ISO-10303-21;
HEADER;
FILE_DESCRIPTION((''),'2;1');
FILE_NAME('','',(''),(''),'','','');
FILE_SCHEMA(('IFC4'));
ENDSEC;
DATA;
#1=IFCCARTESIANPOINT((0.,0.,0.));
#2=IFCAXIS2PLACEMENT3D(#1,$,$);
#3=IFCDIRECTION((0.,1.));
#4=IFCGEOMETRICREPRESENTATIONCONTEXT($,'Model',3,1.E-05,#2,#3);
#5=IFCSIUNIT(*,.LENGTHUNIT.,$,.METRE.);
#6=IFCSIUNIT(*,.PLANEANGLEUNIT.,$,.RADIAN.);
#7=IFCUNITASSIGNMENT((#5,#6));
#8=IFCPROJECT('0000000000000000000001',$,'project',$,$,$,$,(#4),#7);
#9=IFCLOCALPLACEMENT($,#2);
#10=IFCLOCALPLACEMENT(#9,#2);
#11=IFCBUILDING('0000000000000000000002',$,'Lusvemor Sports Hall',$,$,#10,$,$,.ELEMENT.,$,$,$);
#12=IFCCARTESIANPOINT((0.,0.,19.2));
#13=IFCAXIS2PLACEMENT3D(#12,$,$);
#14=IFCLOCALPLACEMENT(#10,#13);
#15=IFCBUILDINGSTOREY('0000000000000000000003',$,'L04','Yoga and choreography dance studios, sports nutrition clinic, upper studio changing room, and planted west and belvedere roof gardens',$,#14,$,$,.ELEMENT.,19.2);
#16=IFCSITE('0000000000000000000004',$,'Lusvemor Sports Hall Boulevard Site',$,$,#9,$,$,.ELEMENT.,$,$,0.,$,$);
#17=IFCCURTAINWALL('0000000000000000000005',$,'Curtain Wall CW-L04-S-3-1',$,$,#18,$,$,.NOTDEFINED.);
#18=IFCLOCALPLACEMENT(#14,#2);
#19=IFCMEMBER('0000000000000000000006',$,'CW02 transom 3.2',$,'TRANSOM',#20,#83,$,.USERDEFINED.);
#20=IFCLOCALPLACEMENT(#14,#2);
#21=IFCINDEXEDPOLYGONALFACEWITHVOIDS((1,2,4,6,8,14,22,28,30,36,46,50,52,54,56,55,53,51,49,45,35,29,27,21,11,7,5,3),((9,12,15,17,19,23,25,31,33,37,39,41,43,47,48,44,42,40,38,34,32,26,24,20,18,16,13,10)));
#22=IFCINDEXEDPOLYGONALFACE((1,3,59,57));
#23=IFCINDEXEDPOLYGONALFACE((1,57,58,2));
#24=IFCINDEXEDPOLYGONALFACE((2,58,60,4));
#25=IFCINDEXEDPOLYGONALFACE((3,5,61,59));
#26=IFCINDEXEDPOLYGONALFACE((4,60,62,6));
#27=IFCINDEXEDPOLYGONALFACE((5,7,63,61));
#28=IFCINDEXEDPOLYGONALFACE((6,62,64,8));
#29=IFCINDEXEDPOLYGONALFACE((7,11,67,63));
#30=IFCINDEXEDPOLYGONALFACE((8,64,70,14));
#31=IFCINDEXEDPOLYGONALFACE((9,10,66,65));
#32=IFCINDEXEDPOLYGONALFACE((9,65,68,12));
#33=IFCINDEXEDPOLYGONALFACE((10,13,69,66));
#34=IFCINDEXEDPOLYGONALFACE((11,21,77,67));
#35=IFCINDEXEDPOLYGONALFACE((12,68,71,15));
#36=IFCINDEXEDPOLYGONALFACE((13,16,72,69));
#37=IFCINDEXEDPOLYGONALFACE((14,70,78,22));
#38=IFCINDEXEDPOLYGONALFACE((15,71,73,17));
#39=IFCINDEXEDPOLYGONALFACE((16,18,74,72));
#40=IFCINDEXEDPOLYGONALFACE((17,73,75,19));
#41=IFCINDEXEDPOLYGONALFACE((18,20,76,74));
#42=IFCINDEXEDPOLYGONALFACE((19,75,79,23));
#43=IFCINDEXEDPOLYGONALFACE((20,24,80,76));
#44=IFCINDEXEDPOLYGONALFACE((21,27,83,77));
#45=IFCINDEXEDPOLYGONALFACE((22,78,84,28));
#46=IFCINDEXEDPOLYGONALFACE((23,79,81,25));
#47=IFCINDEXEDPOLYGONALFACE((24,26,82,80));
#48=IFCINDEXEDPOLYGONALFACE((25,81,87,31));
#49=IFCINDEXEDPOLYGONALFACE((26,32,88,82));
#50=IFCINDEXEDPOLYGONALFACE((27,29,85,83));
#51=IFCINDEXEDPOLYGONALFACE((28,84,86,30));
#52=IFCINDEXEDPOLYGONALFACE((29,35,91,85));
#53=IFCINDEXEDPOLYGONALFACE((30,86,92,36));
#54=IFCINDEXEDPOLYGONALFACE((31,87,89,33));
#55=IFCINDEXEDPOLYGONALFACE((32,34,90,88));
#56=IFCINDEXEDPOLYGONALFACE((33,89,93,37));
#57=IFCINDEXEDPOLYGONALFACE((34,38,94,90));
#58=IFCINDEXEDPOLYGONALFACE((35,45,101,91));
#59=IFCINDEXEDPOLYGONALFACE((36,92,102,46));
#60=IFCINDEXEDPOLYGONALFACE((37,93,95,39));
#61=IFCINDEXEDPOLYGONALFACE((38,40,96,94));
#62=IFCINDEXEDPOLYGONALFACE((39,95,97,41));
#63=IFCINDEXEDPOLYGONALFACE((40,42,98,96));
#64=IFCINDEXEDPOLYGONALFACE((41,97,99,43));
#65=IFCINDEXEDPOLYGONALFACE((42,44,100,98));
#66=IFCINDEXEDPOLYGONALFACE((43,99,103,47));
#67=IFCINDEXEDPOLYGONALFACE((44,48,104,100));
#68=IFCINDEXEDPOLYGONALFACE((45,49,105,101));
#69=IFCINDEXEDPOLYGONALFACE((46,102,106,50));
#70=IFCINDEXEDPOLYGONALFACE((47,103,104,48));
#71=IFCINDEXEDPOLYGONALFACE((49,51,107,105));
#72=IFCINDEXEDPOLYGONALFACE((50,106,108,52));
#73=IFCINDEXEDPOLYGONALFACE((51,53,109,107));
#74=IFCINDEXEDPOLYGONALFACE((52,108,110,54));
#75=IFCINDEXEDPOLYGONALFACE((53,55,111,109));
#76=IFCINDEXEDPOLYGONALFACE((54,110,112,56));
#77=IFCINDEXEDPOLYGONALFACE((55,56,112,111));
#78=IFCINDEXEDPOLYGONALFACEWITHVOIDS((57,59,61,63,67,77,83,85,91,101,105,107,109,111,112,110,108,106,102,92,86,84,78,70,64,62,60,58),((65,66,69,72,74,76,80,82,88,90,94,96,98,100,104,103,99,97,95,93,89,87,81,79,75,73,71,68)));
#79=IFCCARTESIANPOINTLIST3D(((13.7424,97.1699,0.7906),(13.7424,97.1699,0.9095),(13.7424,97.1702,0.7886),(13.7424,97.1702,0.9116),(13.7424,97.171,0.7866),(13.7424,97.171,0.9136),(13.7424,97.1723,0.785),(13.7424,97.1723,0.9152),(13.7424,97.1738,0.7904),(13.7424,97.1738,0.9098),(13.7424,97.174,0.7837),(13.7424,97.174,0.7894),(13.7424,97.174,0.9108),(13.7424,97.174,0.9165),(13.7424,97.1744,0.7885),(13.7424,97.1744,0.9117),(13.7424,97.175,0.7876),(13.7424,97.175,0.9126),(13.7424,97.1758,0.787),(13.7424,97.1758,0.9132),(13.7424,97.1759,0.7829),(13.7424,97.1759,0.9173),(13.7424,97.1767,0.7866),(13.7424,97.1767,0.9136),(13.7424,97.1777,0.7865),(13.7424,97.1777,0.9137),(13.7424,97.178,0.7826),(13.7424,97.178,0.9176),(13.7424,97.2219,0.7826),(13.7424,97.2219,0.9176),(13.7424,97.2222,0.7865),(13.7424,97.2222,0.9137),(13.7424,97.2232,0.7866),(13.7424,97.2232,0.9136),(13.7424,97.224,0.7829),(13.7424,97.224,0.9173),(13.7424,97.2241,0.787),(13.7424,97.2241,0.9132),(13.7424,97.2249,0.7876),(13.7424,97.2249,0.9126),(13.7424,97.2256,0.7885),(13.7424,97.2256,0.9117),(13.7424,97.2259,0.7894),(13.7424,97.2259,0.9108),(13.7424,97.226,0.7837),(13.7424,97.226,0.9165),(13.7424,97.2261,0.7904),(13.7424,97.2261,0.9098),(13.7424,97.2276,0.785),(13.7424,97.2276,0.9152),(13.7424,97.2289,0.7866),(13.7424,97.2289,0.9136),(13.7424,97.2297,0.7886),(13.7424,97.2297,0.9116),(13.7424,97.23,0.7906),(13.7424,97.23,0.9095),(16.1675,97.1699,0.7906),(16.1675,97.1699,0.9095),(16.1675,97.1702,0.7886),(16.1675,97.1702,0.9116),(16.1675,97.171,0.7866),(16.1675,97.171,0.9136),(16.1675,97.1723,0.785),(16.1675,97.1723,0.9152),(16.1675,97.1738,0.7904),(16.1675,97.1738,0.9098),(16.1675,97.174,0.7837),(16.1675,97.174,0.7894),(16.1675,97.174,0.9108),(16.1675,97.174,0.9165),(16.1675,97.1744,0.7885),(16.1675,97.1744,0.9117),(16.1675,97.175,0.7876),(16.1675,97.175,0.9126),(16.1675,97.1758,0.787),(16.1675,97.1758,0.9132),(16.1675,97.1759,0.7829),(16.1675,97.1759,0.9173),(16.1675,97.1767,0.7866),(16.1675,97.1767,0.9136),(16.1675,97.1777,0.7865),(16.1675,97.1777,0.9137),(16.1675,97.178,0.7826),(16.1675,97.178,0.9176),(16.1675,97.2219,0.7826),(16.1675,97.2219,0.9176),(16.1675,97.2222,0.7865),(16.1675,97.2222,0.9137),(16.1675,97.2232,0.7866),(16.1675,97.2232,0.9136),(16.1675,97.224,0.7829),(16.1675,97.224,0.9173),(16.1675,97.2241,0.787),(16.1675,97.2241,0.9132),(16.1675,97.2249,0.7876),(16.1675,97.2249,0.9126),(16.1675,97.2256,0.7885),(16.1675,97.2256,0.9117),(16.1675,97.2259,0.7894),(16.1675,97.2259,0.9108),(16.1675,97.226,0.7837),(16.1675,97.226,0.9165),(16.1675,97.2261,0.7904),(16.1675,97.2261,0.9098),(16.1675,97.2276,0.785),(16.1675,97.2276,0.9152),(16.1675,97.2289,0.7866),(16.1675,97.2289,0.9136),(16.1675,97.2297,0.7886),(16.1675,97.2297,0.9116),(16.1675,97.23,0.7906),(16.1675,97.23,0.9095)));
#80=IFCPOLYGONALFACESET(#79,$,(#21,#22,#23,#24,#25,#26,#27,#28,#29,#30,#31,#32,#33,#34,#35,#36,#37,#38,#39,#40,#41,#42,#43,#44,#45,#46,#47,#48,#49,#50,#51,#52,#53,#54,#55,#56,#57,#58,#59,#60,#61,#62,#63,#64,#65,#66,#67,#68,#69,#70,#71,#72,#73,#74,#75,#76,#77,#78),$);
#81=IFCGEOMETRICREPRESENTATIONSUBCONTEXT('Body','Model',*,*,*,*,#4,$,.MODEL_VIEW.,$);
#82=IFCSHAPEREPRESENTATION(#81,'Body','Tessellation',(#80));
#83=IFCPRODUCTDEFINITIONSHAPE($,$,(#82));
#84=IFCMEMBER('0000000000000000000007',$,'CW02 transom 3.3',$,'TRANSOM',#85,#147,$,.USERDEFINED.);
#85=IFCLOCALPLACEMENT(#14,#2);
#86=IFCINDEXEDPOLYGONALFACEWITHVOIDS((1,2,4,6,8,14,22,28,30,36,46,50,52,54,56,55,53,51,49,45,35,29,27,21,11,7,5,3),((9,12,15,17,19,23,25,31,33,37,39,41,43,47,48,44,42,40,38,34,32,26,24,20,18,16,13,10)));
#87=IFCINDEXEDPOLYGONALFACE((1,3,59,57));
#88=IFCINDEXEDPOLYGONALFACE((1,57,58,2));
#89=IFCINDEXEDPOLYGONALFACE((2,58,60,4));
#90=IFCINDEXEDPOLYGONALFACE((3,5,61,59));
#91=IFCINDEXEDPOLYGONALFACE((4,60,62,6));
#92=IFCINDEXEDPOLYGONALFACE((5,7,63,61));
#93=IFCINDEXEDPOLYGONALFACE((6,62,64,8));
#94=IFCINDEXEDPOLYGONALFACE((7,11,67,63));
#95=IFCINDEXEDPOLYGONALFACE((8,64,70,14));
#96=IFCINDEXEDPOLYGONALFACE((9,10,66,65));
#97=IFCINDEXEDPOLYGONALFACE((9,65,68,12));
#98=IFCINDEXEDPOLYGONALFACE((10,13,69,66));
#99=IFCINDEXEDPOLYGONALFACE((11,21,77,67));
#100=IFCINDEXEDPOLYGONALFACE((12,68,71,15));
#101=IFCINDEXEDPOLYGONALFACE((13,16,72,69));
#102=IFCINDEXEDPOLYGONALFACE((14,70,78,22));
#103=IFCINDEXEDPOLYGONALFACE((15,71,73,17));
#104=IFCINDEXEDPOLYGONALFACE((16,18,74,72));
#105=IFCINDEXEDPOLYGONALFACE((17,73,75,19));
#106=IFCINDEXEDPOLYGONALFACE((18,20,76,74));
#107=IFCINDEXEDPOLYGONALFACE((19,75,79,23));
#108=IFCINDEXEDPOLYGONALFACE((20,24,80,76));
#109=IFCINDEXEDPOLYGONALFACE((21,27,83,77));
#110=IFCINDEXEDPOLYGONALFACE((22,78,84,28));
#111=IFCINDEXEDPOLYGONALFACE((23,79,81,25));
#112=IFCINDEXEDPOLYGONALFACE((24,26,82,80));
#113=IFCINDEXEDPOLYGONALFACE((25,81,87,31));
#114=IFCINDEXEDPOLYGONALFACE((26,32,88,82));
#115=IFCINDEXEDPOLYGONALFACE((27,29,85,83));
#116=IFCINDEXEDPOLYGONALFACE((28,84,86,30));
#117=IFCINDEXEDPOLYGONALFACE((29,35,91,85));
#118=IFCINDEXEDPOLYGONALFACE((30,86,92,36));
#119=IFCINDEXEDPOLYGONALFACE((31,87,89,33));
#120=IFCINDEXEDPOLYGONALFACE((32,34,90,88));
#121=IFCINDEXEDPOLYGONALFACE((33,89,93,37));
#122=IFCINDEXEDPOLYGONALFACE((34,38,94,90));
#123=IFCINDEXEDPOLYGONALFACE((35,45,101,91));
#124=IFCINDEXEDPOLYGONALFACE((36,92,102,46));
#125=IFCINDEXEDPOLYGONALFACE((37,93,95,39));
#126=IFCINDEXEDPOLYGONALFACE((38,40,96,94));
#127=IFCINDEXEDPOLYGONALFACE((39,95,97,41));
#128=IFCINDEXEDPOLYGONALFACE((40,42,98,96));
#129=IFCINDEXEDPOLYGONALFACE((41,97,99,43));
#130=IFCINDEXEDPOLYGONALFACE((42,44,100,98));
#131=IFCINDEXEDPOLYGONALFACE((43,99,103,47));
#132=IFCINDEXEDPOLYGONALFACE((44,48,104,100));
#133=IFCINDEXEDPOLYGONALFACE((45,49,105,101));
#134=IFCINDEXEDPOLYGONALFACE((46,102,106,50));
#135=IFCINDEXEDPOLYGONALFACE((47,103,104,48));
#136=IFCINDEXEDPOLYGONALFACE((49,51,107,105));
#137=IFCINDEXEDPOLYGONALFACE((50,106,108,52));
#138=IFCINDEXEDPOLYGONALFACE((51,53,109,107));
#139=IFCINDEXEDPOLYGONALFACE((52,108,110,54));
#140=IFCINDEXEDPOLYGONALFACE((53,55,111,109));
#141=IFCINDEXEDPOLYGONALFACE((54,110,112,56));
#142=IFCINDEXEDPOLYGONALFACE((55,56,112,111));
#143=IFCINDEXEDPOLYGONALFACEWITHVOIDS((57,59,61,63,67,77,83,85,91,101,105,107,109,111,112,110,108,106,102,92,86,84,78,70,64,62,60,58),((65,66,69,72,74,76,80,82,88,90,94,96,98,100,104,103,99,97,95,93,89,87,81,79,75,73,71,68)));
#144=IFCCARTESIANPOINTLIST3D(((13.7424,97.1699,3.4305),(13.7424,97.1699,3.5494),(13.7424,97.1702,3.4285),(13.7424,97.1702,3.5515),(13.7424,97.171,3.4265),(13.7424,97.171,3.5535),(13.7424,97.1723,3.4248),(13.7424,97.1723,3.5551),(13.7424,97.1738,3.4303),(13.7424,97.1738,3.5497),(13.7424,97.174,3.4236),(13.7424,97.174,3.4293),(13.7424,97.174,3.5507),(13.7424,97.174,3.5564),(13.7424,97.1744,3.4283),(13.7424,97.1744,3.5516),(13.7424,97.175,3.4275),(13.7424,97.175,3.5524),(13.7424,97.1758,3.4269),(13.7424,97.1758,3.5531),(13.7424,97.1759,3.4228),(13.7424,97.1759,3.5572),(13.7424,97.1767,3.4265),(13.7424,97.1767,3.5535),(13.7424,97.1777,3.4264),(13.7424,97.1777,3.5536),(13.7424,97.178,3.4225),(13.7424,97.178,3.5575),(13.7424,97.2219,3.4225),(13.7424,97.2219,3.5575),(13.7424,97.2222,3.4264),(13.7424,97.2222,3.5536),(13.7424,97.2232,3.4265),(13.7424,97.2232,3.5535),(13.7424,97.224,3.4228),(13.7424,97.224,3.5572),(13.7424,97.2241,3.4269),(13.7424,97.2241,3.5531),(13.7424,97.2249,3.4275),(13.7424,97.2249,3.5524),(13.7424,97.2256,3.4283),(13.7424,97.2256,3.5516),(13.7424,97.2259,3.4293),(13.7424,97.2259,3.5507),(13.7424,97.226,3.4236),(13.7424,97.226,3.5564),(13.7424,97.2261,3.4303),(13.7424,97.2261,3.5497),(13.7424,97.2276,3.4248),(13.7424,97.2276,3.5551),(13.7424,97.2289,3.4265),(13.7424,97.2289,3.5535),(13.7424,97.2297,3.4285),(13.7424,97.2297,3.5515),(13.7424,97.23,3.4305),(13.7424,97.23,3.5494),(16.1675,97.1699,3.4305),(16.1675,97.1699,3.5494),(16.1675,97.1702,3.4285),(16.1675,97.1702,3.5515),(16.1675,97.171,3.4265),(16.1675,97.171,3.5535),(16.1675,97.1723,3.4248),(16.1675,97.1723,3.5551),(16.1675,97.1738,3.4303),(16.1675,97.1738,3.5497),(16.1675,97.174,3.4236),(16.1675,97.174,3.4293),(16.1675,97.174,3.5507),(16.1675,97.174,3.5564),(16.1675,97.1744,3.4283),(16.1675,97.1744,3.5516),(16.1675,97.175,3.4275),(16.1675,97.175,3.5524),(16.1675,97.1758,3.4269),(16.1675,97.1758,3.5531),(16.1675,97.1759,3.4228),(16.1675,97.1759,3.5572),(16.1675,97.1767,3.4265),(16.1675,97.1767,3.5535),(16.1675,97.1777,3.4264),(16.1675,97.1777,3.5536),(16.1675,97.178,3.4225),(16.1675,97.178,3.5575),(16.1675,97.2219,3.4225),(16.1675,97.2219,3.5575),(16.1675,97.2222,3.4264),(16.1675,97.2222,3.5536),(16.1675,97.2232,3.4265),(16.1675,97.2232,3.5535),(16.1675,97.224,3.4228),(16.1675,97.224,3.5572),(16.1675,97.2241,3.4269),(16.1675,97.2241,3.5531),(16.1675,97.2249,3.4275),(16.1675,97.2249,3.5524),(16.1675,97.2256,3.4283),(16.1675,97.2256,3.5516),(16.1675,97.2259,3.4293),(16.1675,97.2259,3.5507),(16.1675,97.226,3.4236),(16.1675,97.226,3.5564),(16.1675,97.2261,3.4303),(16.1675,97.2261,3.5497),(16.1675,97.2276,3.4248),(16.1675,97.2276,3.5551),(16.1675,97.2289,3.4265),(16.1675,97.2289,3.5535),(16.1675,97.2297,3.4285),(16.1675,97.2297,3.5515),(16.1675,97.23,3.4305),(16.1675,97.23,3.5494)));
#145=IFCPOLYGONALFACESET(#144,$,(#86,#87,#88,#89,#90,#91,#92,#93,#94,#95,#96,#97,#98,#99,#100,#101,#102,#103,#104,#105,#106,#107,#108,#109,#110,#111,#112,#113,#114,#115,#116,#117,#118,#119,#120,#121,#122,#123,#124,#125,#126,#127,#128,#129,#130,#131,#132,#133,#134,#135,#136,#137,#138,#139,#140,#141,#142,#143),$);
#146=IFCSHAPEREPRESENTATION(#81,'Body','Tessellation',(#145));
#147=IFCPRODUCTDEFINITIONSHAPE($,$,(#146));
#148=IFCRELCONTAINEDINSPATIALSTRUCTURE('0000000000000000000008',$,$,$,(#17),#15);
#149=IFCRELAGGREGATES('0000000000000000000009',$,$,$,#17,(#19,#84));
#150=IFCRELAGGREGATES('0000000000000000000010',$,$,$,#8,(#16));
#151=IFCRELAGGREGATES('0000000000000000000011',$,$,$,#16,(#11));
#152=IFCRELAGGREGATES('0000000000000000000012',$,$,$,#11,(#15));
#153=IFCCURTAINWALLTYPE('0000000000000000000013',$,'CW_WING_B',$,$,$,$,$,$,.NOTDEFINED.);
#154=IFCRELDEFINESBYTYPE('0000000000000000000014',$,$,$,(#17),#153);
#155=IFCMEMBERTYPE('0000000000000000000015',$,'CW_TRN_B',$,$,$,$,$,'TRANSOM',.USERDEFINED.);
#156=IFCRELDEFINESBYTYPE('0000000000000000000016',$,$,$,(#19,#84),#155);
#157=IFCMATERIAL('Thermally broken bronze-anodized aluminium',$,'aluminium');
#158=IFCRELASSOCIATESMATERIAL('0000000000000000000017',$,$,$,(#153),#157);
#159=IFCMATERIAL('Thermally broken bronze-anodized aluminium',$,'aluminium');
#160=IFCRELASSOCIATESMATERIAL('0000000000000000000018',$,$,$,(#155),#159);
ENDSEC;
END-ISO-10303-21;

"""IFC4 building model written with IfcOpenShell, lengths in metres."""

from ifc_helpers import new_model, si_unit, direction, frame, origin, origin_2d, place, context, subcontext, project, spatial, hollow_rectangle, extrude, material, material_profile, profile_set, type_object, element, aggregate, save


model = new_model("IFC4")

# Units and contexts
model_context = context("Model", 3, precision=1e-05, world=origin(), true_north=direction((0.0, 1.0)))
body_context = subcontext(model_context, "Body", "Model", "MODEL_VIEW")
ifc_project = project(units=[si_unit("LENGTHUNIT", "METRE"), si_unit("PLANEANGLEUNIT", "RADIAN")], contexts=[model_context])

# Site, building, storey
site_placement = place(None, origin())
site = spatial("IfcSite", under=ifc_project, at=site_placement, Name="Lusvemor Sports Hall Boulevard Site", CompositionType="ELEMENT", RefElevation=0.0)
building_placement = place(site_placement, origin())
building = spatial("IfcBuilding", under=site, at=building_placement, Name="Lusvemor Sports Hall", CompositionType="ELEMENT")
storey_placement = place(building_placement, frame((0.0, 0.0, 19.2)))
storey = spatial("IfcBuildingStorey", under=building, at=storey_placement, Name="L04", Description="Yoga and choreography dance studios, sports nutrition clinic, upper studio changing room, and planted west and belvedere roof gardens", CompositionType="ELEMENT", Elevation=19.2)

# Curtain wall, members
ifc_material_1 = material(Name="Thermally broken bronze-anodized aluminium", Category="aluminium")
curtain_wall_type = type_object("IfcCurtainWallType", Name="CW_WING_B", PredefinedType="NOTDEFINED", material=ifc_material_1)
curtain_wall_placement = place(storey_placement, origin())
curtain_wall = element("IfcCurtainWall", 1, at=curtain_wall_placement, inside=storey, type_object=curtain_wall_type, Name="Curtain Wall CW-L04-S-3-1", PredefinedType="NOTDEFINED")
ifc_material_2 = material(Name="Thermally broken bronze-anodized aluminium", Category="aluminium")
ifc_material_profile_1 = material_profile(ifc_material_2, hollow_rectangle(XDim=0.0601, YDim=0.135, WallThickness=0.0039, InnerFilletRadius=0.0039, OuterFilletRadius=0.0081, at=origin_2d()), Name="CWTRN135x60x4")
ifc_profile_set_1 = profile_set([ifc_material_profile_1], Name="Thermally broken bronze-anodized aluminium")
member_type_1 = type_object("IfcMemberType", Name="CW_TRN_B", ElementType="TRANSOM", PredefinedType="USERDEFINED", material=ifc_profile_set_1)
member_1_placement = place(storey_placement, frame((16.1675, 97.2, 0.8501), z_axis=(-1.0, 0.0, 0.0), x_axis=(0.0, -1.0, 0.0)))
member_1 = element("IfcMember", 2, at=member_1_placement, type_object=member_type_1, Name="CW02 transom 3.2", ObjectType="TRANSOM", PredefinedType="USERDEFINED", context=body_context, shape_type="SweptSolid", body=[
    extrude(hollow_rectangle(XDim=0.0601, YDim=0.135, WallThickness=0.0039, InnerFilletRadius=0.0039, OuterFilletRadius=0.0081, at=origin_2d()), origin(), (0.0, 0.0, 1.0), 2.425),
])
member_2_placement = place(storey_placement, frame((16.1675, 97.2, 3.49), z_axis=(-1.0, 0.0, 0.0), x_axis=(0.0, -1.0, 0.0)))
member_2 = element("IfcMember", 3, at=member_2_placement, type_object=member_type_1, Name="CW02 transom 3.3", ObjectType="TRANSOM", PredefinedType="USERDEFINED", context=body_context, shape_type="SweptSolid", body=[
    extrude(hollow_rectangle(XDim=0.0601, YDim=0.135, WallThickness=0.0039, InnerFilletRadius=0.0039, OuterFilletRadius=0.0081, at=origin_2d()), origin(), (0.0, 0.0, 1.0), 2.425),
])

aggregate(curtain_wall, [member_1, member_2])

save(model, "model.ifc")
